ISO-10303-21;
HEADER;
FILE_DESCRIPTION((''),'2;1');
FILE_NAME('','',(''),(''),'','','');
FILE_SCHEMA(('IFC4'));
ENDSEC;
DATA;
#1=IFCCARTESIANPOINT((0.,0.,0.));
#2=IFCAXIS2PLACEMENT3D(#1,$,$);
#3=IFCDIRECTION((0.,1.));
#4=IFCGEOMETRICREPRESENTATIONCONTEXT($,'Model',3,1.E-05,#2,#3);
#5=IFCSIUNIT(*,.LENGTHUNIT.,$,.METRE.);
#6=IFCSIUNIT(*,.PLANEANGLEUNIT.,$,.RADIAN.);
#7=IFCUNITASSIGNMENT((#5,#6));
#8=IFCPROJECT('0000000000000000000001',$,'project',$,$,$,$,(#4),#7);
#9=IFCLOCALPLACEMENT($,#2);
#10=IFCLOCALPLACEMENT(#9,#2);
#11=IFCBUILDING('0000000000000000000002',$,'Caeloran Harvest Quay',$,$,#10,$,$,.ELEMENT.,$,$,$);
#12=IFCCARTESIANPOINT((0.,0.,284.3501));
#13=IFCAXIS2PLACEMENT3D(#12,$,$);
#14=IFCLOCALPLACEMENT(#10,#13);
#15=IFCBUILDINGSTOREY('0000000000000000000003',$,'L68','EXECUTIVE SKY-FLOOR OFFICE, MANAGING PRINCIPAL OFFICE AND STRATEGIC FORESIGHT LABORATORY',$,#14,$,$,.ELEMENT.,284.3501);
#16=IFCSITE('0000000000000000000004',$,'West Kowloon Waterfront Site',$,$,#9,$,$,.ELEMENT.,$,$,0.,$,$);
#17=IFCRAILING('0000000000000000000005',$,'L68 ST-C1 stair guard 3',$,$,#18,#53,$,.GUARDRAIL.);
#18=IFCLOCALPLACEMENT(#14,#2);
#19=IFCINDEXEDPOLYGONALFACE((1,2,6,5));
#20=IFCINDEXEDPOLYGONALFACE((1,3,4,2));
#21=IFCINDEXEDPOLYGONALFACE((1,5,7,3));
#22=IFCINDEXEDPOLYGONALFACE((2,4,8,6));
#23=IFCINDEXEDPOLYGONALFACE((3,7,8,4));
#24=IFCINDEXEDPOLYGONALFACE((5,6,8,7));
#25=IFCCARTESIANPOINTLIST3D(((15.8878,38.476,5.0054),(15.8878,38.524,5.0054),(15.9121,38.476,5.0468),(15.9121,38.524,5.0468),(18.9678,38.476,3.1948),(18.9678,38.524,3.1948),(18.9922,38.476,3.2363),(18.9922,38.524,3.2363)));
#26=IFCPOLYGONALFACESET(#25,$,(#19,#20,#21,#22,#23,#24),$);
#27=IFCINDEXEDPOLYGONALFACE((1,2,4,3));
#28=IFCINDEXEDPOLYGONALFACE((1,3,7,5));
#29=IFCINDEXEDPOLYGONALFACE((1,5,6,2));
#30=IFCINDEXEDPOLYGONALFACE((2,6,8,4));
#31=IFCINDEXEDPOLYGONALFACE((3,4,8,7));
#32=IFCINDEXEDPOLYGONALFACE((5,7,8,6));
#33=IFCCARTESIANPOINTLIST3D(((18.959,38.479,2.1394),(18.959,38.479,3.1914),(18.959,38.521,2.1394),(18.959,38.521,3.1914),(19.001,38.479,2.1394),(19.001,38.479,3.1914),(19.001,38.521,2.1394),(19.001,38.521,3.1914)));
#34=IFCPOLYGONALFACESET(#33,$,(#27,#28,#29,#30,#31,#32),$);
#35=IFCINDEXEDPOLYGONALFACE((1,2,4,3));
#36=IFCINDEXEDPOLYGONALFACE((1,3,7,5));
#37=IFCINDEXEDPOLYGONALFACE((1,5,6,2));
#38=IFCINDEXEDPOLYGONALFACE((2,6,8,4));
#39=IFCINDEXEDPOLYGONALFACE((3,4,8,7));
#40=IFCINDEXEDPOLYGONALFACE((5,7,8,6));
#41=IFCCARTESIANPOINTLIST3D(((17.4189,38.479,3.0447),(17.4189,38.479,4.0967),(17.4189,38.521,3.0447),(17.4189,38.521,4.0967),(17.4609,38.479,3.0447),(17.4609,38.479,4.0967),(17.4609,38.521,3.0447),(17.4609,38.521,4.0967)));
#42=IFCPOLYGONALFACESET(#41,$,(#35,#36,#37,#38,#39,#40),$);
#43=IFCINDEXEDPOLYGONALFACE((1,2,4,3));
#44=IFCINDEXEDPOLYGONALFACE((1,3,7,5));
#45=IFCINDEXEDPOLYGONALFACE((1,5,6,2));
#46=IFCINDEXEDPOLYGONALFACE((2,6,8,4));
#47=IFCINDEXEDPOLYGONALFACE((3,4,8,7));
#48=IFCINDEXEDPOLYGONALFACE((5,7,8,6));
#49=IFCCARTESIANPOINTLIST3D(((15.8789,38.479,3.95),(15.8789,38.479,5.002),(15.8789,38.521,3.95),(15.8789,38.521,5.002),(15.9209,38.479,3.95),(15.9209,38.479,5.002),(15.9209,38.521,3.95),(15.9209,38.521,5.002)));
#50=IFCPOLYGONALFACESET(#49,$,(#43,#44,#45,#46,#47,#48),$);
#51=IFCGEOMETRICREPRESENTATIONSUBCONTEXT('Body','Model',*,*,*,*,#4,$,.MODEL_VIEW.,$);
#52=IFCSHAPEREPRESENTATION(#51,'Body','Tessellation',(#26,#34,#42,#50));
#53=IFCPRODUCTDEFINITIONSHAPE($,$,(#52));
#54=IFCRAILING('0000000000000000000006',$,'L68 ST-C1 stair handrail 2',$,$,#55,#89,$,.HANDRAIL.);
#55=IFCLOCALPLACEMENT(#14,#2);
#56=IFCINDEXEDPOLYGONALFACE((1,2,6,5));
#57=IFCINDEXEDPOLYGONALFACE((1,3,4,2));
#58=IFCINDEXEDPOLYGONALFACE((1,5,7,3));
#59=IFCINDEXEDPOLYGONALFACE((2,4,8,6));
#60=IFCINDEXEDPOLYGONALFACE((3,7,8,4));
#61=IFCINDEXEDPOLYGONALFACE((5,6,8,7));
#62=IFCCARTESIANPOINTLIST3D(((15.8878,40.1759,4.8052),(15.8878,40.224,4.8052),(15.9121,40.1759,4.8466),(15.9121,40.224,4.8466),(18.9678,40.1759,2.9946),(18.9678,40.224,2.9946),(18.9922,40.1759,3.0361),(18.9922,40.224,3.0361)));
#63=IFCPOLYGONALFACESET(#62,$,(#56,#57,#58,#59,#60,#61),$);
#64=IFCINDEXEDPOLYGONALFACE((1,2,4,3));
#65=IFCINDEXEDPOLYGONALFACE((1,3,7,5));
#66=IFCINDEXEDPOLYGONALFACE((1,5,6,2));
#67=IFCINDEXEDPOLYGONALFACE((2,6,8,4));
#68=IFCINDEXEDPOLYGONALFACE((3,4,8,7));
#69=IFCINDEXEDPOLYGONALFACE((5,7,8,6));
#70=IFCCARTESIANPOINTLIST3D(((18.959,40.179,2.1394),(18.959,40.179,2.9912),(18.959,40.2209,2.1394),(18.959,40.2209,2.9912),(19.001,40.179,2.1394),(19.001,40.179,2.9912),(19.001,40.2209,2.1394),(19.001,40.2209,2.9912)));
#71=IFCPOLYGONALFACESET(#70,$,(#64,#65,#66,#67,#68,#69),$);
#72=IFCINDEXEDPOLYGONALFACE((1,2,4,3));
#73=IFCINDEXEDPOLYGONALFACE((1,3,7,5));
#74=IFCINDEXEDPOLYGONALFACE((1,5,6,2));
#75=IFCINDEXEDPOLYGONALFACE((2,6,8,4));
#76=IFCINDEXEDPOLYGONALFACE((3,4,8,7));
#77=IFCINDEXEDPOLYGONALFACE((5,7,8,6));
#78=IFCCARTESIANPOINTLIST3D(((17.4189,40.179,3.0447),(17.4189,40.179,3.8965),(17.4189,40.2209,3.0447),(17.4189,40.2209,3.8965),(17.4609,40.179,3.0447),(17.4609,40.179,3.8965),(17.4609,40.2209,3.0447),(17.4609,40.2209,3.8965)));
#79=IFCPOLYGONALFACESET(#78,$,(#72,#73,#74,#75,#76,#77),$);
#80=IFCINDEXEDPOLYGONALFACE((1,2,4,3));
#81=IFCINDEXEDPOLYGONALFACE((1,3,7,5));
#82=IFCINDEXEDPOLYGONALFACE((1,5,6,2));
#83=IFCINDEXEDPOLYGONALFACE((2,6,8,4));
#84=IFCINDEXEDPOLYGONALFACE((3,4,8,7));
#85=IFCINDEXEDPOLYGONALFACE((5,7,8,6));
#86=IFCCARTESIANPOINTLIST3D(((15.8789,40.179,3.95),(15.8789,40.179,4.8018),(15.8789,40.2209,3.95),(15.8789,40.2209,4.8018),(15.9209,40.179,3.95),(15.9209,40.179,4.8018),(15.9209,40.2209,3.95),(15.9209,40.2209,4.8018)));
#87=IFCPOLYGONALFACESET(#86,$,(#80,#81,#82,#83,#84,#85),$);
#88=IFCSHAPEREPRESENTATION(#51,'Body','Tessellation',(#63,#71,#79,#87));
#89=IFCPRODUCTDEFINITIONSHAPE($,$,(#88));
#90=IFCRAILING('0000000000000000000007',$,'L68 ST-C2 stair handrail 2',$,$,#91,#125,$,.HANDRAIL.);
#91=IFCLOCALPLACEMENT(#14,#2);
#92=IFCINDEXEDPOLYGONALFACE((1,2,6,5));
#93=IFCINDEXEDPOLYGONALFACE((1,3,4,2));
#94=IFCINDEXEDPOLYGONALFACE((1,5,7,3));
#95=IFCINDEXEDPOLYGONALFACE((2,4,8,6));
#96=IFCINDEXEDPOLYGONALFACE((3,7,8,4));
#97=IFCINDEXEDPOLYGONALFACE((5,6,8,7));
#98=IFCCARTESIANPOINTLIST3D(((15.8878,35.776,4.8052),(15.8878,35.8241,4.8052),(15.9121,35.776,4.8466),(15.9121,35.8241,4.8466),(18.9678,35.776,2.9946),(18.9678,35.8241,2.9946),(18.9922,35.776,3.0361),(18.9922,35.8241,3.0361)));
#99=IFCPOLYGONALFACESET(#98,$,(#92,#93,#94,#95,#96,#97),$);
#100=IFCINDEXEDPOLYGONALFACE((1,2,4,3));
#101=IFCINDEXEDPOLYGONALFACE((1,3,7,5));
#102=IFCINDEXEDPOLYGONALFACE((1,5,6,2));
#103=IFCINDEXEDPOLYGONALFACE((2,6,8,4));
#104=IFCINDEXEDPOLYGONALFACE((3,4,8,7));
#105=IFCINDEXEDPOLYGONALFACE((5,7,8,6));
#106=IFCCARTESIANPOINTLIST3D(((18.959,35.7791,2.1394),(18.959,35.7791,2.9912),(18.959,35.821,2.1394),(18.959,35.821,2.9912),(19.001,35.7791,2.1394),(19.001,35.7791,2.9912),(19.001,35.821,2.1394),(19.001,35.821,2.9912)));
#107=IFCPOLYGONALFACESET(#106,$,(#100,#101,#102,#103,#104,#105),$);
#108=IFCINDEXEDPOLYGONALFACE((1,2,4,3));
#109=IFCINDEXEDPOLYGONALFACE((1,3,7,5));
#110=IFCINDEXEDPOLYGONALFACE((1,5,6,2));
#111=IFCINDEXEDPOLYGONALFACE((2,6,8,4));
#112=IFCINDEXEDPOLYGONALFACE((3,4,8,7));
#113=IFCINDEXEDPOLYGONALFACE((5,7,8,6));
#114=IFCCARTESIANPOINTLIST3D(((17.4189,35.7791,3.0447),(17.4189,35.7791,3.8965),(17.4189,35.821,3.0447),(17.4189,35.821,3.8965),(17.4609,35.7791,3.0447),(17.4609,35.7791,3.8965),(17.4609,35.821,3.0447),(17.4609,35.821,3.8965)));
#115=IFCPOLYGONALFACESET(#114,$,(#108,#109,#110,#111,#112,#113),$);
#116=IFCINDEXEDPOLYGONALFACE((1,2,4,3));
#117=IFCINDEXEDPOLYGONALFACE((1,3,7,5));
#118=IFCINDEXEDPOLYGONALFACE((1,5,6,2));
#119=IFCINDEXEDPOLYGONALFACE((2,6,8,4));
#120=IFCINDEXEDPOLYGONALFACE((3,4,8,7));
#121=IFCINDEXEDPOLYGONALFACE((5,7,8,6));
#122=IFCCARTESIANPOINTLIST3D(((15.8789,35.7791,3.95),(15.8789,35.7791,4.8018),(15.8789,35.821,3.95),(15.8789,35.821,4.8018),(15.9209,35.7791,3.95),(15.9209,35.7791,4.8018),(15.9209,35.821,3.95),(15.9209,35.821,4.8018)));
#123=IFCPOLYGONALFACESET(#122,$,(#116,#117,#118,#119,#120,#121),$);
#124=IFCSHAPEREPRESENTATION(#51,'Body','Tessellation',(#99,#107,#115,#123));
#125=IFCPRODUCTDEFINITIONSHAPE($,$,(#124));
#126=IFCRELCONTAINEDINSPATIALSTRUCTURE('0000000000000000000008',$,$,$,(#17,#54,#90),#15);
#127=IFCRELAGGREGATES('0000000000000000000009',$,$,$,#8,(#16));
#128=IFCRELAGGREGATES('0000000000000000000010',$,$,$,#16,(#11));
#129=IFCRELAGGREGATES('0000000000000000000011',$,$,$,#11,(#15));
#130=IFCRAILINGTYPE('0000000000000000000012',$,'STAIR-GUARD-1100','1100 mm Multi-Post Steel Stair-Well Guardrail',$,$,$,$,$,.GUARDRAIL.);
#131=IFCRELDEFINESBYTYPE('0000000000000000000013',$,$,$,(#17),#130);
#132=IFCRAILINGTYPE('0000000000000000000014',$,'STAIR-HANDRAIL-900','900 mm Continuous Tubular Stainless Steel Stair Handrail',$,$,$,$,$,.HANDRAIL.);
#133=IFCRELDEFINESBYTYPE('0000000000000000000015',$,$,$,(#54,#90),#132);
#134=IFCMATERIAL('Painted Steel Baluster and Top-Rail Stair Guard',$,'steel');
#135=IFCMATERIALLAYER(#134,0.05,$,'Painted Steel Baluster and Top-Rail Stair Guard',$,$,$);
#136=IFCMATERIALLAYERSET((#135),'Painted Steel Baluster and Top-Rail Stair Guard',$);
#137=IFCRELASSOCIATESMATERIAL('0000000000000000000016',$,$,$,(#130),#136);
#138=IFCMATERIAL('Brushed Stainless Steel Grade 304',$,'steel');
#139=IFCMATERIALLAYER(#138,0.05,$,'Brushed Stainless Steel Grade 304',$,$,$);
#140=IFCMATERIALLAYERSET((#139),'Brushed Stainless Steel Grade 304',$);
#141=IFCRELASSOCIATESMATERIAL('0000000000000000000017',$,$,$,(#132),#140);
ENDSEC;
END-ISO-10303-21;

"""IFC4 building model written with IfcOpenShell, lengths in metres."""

from ifc_helpers import new_model, si_unit, direction, frame, origin, origin_2d, place, context, subcontext, project, spatial, rectangle, extrude, material, layer, layer_set, type_object, element, save


model = new_model("IFC4")

# Units and contexts
model_context = context("Model", 3, precision=1e-05, world=origin(), true_north=direction((0.0, 1.0)))
body_context = subcontext(model_context, "Body", "Model", "MODEL_VIEW")
ifc_project = project(units=[si_unit("LENGTHUNIT", "METRE"), si_unit("PLANEANGLEUNIT", "RADIAN")], contexts=[model_context])

# Site, building, storey
site_placement = place(None, origin())
site = spatial("IfcSite", under=ifc_project, at=site_placement, Name="West Kowloon Waterfront Site", CompositionType="ELEMENT", RefElevation=0.0)
building_placement = place(site_placement, origin())
building = spatial("IfcBuilding", under=site, at=building_placement, Name="Caeloran Harvest Quay", CompositionType="ELEMENT")
storey_placement = place(building_placement, frame((0.0, 0.0, 284.3501)))
storey = spatial("IfcBuildingStorey", under=building, at=storey_placement, Name="L68", Description="EXECUTIVE SKY-FLOOR OFFICE, MANAGING PRINCIPAL OFFICE AND STRATEGIC FORESIGHT LABORATORY", CompositionType="ELEMENT", Elevation=284.3501)

# Railings
ifc_material_1 = material(Name="Painted Steel Baluster and Top-Rail Stair Guard", Category="steel")
ifc_layer_1 = layer(ifc_material_1, 0.05, Name="Painted Steel Baluster and Top-Rail Stair Guard")
ifc_layer_set_1 = layer_set([ifc_layer_1], Name="Painted Steel Baluster and Top-Rail Stair Guard")
railing_type_1 = type_object("IfcRailingType", Name="STAIR-GUARD-1100", Description="1100 mm Multi-Post Steel Stair-Well Guardrail", PredefinedType="GUARDRAIL", material=ifc_layer_set_1)
railing_1_placement = place(storey_placement, frame((18.98, 38.5, 2.1394)))
element("IfcRailing", 1, at=railing_1_placement, inside=storey, type_object=railing_type_1, Name="L68 ST-C1 stair guard 3", PredefinedType="GUARDRAIL", context=body_context, shape_type="SweptSolid", body=[
    extrude(rectangle(XDim=0.0481, YDim=0.0481, at=origin_2d()), frame((0.0, 0.0, 1.0762), z_axis=(-0.862089, 0.0, 0.506757), x_axis=(0.0, -1.0, 0.0)), (0.0, 0.0, 1.0), 3.5728),
    extrude(rectangle(XDim=0.042, YDim=0.042, at=origin_2d()), origin(), (0.0, 0.0, 1.0), 1.052),
    extrude(rectangle(XDim=0.042, YDim=0.042, at=origin_2d()), frame((-1.54, 0.0, 0.9053)), (0.0, 0.0, 1.0), 1.052),
    extrude(rectangle(XDim=0.042, YDim=0.042, at=origin_2d()), frame((-3.0801, 0.0, 1.8105)), (0.0, 0.0, 1.0), 1.052),
])
ifc_material_2 = material(Name="Brushed Stainless Steel Grade 304", Category="steel")
ifc_layer_2 = layer(ifc_material_2, 0.05, Name="Brushed Stainless Steel Grade 304")
ifc_layer_set_2 = layer_set([ifc_layer_2], Name="Brushed Stainless Steel Grade 304")
railing_type_2 = type_object("IfcRailingType", Name="STAIR-HANDRAIL-900", Description="900 mm Continuous Tubular Stainless Steel Stair Handrail", PredefinedType="HANDRAIL", material=ifc_layer_set_2)
for number, where, name in (
    (2, (18.98, 40.2, 2.1394), "L68 ST-C1 stair handrail 2"),
    (3, (18.98, 35.8, 2.1394), "L68 ST-C2 stair handrail 2"),
):
    element("IfcRailing", number, at=place(storey_placement, frame(where)), inside=storey, type_object=railing_type_2, Name=name, PredefinedType="HANDRAIL", context=body_context, shape_type="SweptSolid", body=[
        extrude(rectangle(XDim=0.0481, YDim=0.0481, at=origin_2d()), frame((0.0, 0.0, 0.876), z_axis=(-0.862089, 0.0, 0.506757), x_axis=(0.0, -1.0, 0.0)), (0.0, 0.0, 1.0), 3.5728),
        extrude(rectangle(XDim=0.042, YDim=0.042, at=origin_2d()), origin(), (0.0, 0.0, 1.0), 0.8518),
        extrude(rectangle(XDim=0.042, YDim=0.042, at=origin_2d()), frame((-1.54, 0.0, 0.9053)), (0.0, 0.0, 1.0), 0.8518),
        extrude(rectangle(XDim=0.042, YDim=0.042, at=origin_2d()), frame((-3.0801, 0.0, 1.8105)), (0.0, 0.0, 1.0), 0.8518),
    ])

save(model, "model.ifc")
